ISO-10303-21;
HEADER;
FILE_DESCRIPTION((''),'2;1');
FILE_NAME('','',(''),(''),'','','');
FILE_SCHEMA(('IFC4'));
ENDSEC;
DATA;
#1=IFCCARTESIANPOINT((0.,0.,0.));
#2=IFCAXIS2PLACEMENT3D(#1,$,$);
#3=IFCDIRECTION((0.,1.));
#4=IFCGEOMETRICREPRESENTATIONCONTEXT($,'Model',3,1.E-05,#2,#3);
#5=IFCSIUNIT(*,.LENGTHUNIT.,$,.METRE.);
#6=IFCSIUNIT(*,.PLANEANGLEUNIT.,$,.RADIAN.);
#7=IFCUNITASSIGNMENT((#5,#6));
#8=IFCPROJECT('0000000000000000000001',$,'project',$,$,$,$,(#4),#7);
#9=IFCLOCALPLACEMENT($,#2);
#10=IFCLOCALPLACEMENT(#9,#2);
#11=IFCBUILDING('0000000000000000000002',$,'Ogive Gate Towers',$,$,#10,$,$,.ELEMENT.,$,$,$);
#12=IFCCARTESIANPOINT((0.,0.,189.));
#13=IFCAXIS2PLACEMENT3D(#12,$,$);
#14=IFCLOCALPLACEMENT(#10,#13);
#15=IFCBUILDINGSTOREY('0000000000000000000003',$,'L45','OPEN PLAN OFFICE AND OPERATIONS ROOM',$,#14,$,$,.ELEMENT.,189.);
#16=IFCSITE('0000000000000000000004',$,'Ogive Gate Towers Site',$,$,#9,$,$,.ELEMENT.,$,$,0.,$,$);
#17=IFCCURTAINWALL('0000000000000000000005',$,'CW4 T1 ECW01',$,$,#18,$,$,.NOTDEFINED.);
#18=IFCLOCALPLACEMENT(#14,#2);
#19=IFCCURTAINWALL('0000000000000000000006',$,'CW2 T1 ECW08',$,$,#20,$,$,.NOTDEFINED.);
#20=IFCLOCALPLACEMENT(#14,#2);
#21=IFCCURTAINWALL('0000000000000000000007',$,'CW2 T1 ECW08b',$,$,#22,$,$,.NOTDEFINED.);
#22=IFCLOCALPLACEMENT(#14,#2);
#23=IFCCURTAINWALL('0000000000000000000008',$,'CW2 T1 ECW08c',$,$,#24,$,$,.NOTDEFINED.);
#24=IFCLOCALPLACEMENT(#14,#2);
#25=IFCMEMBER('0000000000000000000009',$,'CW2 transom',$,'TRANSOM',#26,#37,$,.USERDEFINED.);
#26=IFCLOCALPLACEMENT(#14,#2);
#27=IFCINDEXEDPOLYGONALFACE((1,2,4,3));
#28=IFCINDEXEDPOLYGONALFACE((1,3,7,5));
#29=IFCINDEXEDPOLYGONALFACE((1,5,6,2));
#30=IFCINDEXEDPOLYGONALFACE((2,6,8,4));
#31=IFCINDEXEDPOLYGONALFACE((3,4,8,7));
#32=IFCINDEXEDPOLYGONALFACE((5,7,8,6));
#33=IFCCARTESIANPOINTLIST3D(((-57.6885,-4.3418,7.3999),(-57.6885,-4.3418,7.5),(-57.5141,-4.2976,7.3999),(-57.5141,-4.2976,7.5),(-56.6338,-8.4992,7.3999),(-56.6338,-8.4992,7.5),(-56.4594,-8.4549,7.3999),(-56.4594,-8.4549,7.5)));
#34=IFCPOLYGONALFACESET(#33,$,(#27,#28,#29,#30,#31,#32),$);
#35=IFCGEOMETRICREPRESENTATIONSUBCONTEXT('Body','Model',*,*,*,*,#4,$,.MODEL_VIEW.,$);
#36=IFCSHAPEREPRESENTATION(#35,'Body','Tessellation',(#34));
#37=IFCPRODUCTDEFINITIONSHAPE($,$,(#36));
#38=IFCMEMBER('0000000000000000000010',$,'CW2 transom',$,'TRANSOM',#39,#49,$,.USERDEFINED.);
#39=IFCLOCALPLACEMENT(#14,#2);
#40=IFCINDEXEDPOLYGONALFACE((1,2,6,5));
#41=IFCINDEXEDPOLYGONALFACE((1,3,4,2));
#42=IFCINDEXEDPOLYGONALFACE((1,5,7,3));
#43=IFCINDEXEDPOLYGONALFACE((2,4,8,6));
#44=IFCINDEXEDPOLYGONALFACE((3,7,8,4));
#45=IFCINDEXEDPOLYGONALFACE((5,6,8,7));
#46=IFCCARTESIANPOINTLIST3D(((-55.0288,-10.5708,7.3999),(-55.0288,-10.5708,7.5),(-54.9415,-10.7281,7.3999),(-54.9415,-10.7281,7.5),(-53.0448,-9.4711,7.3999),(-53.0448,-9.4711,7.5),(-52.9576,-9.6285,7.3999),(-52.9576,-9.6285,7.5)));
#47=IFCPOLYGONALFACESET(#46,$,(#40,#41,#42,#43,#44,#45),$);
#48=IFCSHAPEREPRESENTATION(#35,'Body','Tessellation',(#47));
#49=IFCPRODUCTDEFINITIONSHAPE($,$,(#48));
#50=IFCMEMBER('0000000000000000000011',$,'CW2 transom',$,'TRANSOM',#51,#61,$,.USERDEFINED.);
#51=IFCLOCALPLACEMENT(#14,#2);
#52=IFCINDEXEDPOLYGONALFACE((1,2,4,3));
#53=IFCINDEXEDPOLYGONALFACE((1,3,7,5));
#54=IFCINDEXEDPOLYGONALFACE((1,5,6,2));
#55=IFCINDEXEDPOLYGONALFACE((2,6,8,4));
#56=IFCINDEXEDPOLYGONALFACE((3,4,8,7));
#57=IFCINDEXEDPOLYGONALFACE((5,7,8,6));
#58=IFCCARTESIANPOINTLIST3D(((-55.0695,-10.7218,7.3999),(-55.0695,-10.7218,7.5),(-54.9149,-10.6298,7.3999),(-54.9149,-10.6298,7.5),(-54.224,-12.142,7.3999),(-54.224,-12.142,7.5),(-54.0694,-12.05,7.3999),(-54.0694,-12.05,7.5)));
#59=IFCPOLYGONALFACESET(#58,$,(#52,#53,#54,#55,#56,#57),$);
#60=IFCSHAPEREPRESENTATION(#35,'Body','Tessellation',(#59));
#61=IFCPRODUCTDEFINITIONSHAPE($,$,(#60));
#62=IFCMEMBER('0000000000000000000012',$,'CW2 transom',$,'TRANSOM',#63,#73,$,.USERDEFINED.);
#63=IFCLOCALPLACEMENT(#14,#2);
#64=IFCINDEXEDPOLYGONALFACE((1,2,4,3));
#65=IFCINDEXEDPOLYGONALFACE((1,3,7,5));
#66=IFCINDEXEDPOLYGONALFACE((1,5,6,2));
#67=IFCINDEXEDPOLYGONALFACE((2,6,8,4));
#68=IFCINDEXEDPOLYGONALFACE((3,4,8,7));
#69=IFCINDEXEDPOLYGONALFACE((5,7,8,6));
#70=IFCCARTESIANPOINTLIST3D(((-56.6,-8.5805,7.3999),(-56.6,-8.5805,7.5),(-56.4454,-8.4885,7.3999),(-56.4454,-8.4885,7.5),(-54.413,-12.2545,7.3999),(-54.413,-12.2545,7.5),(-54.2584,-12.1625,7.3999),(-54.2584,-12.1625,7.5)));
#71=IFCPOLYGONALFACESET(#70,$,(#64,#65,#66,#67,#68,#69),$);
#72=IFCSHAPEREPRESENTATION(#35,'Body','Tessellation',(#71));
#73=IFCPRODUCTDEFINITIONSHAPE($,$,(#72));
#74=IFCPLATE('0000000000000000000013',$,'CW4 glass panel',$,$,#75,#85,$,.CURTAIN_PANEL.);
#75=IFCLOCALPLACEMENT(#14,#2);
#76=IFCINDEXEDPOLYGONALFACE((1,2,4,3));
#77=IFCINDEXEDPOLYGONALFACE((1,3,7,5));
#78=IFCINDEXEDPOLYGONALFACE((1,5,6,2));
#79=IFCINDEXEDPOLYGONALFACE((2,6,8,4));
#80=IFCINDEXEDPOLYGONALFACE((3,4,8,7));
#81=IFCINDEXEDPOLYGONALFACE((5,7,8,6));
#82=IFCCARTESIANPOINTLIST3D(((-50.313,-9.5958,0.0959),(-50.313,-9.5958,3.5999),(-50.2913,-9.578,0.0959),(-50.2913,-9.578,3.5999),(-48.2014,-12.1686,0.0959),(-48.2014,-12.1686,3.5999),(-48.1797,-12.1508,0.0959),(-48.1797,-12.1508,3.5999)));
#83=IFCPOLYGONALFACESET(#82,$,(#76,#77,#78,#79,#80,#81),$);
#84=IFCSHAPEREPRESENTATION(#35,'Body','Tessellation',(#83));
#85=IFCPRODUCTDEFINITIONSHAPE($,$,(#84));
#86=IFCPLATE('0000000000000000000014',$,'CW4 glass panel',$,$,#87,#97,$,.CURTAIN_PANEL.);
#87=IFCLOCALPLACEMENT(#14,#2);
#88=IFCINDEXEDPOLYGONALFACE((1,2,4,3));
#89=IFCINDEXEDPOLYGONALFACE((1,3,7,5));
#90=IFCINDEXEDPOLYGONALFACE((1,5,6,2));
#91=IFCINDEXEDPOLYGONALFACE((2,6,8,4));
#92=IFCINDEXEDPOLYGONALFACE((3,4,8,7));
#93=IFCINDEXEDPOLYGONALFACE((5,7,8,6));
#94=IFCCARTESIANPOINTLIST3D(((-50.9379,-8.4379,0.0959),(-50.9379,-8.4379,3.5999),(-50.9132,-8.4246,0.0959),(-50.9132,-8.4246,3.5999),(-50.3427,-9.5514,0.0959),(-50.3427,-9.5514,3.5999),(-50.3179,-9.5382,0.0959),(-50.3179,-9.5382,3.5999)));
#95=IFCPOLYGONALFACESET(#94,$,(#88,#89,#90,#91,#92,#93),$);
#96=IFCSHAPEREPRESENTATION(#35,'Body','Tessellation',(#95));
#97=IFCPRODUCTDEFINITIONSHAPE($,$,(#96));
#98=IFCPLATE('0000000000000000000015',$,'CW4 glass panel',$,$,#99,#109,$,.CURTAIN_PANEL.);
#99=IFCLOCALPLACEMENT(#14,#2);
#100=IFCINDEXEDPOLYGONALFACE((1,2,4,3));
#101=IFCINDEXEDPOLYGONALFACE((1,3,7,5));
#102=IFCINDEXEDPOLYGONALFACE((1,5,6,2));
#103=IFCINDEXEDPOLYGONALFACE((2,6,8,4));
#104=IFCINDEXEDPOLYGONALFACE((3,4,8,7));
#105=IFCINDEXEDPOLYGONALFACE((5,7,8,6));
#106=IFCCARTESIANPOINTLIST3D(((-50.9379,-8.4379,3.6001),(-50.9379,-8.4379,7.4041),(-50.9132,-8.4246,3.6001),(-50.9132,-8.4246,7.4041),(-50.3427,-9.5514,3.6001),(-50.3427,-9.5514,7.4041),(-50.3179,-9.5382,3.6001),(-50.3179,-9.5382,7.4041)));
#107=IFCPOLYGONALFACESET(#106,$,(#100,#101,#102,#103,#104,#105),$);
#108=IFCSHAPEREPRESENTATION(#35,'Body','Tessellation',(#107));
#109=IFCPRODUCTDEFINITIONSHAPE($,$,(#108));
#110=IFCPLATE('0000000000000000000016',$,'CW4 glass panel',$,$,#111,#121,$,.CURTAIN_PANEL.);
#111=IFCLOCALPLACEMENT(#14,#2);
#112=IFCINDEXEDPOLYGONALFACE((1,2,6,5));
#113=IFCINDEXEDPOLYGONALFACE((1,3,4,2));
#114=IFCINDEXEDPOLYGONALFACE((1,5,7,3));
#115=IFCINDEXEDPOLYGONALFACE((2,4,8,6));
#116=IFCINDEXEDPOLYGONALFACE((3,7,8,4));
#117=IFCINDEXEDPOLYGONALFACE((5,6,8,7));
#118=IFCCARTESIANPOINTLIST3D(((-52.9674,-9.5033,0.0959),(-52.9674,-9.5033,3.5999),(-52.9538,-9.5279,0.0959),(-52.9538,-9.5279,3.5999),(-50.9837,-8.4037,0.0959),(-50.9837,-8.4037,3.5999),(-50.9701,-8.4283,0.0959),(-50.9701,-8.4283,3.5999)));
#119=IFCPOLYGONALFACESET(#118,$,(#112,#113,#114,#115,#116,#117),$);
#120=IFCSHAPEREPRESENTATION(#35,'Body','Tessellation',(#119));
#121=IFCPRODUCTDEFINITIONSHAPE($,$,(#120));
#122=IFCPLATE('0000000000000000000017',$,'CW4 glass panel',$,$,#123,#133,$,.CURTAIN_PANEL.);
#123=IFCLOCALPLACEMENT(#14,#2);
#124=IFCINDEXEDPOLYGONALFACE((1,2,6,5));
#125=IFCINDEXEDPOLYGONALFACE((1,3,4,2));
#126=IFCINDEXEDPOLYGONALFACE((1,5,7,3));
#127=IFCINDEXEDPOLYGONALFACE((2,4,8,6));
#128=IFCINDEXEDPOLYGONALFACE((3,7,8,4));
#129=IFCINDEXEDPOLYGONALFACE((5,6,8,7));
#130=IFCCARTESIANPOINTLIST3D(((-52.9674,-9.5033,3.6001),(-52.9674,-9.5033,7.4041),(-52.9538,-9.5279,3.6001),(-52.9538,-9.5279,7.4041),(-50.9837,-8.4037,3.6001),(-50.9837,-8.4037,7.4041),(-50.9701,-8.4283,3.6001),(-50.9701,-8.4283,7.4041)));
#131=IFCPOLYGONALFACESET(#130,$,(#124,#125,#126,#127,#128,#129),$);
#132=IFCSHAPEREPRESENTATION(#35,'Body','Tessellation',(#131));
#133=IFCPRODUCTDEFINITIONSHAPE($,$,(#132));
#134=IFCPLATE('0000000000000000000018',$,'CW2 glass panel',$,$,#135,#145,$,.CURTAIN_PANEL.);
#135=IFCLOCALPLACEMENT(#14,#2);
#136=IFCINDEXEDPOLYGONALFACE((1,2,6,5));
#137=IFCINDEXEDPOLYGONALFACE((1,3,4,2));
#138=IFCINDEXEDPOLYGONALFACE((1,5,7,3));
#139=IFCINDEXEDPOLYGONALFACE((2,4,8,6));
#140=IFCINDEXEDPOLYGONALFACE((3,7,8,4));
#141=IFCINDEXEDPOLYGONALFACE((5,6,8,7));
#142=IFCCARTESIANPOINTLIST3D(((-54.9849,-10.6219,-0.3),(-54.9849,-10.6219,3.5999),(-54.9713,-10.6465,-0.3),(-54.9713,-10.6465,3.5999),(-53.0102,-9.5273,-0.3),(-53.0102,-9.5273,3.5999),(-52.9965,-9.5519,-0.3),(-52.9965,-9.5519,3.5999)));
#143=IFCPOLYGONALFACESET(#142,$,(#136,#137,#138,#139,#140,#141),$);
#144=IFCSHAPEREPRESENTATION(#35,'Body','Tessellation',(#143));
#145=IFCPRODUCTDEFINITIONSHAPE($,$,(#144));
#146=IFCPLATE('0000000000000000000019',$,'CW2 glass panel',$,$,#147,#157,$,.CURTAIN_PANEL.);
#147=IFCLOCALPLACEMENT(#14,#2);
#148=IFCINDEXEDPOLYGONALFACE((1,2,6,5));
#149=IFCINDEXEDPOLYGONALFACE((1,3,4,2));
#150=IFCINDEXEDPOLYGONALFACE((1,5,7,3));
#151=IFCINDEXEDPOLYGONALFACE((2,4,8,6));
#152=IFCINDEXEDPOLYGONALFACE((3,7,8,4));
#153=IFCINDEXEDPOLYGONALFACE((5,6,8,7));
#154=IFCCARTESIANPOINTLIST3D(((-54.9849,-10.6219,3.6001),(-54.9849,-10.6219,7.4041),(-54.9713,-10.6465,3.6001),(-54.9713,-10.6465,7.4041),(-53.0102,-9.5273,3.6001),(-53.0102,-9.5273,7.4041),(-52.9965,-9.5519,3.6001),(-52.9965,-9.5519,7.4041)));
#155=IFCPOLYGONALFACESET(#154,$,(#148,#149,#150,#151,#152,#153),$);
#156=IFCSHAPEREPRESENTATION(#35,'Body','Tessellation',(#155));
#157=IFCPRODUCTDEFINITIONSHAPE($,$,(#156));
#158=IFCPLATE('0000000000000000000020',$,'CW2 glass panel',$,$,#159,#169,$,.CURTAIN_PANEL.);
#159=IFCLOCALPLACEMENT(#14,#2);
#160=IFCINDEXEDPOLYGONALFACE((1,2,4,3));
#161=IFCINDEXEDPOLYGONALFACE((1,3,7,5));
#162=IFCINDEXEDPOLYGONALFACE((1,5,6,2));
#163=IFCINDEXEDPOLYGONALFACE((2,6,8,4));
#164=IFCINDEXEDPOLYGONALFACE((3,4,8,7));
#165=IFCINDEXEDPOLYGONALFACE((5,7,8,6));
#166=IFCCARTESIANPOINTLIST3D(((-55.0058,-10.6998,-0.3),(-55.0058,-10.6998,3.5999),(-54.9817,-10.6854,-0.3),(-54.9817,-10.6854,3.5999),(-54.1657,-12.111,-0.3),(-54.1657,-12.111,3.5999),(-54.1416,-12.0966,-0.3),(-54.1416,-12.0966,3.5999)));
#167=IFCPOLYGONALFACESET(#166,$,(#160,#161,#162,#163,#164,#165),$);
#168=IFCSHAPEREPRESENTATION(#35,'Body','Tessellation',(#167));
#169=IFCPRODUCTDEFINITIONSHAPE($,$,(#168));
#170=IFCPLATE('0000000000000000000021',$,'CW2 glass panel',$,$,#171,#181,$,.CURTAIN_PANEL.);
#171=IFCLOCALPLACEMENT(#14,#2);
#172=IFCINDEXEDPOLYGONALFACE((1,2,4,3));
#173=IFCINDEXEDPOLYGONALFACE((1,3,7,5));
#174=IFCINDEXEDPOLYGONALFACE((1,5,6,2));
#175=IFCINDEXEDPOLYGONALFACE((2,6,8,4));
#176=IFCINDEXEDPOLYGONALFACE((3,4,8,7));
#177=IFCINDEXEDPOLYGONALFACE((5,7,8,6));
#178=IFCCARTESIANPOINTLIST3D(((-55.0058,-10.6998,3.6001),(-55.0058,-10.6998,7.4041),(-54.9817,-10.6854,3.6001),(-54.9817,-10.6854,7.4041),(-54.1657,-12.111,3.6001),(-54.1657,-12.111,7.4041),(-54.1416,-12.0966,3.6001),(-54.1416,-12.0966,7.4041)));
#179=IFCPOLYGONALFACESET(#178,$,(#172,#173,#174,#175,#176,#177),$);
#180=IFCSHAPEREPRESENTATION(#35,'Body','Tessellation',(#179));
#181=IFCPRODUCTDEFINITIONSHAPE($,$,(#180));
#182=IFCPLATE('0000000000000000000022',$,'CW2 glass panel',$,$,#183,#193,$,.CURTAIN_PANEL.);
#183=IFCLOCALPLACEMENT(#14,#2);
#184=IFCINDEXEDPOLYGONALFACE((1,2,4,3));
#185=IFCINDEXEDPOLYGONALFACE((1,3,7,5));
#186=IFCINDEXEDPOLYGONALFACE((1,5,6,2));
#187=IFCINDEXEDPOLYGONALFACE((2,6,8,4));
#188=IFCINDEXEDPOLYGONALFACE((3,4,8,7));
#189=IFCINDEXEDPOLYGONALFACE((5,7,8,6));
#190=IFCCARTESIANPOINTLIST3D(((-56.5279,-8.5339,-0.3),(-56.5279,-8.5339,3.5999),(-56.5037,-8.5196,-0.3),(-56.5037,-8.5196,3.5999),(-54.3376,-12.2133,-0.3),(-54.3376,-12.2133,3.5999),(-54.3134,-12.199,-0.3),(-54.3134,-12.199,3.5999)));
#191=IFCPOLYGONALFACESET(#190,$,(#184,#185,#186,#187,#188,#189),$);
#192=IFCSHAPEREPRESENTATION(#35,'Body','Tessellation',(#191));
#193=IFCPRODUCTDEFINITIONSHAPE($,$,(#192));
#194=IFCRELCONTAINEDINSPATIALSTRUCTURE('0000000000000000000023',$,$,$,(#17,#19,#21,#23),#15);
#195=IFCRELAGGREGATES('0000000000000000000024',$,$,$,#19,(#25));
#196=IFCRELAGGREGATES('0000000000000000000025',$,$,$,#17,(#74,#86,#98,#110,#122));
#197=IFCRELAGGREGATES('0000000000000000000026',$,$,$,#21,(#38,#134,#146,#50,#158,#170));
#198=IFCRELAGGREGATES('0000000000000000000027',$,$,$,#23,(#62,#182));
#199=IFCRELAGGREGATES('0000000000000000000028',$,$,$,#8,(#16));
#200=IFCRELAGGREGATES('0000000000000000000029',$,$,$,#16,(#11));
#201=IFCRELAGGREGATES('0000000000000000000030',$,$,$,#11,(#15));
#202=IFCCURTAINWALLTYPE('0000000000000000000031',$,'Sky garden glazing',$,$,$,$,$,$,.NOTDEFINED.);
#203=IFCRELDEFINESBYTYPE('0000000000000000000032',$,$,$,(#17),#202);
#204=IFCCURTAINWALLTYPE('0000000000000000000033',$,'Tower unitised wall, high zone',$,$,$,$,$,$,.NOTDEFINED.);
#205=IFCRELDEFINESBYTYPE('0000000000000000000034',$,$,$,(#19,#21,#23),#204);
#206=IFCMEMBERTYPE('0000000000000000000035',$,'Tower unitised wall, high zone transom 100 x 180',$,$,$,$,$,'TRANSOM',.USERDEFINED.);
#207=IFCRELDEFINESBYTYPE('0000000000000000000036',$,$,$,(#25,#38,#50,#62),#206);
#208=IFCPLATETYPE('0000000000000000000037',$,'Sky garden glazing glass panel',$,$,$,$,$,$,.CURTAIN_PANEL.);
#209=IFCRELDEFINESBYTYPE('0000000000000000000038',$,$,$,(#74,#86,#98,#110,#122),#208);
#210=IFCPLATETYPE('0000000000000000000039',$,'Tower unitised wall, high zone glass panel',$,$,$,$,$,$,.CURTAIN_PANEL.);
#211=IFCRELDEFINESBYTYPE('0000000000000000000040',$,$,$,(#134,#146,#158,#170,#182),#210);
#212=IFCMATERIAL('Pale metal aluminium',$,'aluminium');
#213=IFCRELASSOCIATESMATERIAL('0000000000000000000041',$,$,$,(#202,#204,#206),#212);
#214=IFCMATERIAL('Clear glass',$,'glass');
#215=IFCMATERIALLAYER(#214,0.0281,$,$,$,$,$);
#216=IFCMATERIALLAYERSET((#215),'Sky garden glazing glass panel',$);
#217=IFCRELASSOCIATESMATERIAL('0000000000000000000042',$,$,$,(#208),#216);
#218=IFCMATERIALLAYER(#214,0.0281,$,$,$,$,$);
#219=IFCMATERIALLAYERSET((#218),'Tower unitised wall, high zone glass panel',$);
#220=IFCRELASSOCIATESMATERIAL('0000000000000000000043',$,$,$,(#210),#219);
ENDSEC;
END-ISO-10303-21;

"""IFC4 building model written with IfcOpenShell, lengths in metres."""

from ifc_helpers import new_model, si_unit, direction, frame, origin, origin_2d, place, context, subcontext, project, spatial, rectangle, extrude, material, layer, layer_set, material_profile, profile_set, type_object, element, aggregate, save


model = new_model("IFC4")

# Units and contexts
model_context = context("Model", 3, precision=1e-05, world=origin(), true_north=direction((0.0, 1.0)))
body_context = subcontext(model_context, "Body", "Model", "MODEL_VIEW")
ifc_project = project(units=[si_unit("LENGTHUNIT", "METRE"), si_unit("PLANEANGLEUNIT", "RADIAN")], contexts=[model_context])

# Site, building, storey
site_placement = place(None, origin())
site = spatial("IfcSite", under=ifc_project, at=site_placement, Name="Ogive Gate Towers Site", CompositionType="ELEMENT", RefElevation=0.0)
building_placement = place(site_placement, origin())
building = spatial("IfcBuilding", under=site, at=building_placement, Name="Ogive Gate Towers", CompositionType="ELEMENT")
storey_placement = place(building_placement, frame((0.0, 0.0, 189.0)))
storey = spatial("IfcBuildingStorey", under=building, at=storey_placement, Name="L45", Description="OPEN PLAN OFFICE AND OPERATIONS ROOM", CompositionType="ELEMENT", Elevation=189.0)

# Curtain wall
ifc_material_1 = material(Name="Pale metal aluminium", Category="aluminium")
curtain_wall_type_1 = type_object("IfcCurtainWallType", Name="Sky garden glazing", PredefinedType="NOTDEFINED", material=ifc_material_1)
curtain_wall_1_placement = place(storey_placement, origin())
curtain_wall_1 = element("IfcCurtainWall", 1, at=curtain_wall_1_placement, inside=storey, type_object=curtain_wall_type_1, Name="CW4 T1 ECW01", PredefinedType="NOTDEFINED")

# Curtain wall
curtain_wall_type_2 = type_object("IfcCurtainWallType", Name="Tower unitised wall, high zone", PredefinedType="NOTDEFINED", material=ifc_material_1)
curtain_wall_2_placement = place(storey_placement, origin())
curtain_wall_2 = element("IfcCurtainWall", 2, at=curtain_wall_2_placement, inside=storey, type_object=curtain_wall_type_2, Name="CW2 T1 ECW08", PredefinedType="NOTDEFINED")

# Curtain wall
curtain_wall_3_placement = place(storey_placement, origin())
curtain_wall_3 = element("IfcCurtainWall", 3, at=curtain_wall_3_placement, inside=storey, type_object=curtain_wall_type_2, Name="CW2 T1 ECW08b", PredefinedType="NOTDEFINED")

# Curtain wall
curtain_wall_4_placement = place(storey_placement, origin())
curtain_wall_4 = element("IfcCurtainWall", 4, at=curtain_wall_4_placement, inside=storey, type_object=curtain_wall_type_2, Name="CW2 T1 ECW08c", PredefinedType="NOTDEFINED")

# Members
ifc_material_profile_1 = material_profile(ifc_material_1, rectangle(XDim=0.1799, YDim=0.1001, at=origin_2d()), Name="100 x 180 aluminium box")
ifc_profile_set_1 = profile_set([ifc_material_profile_1], Name="Pale metal aluminium")
member_type_1 = type_object("IfcMemberType", Name="Tower unitised wall, high zone transom 100 x 180", ElementType="TRANSOM", PredefinedType="USERDEFINED", material=ifc_profile_set_1)
member_1_placement = place(storey_placement, frame((-56.5466, -8.4771, 7.45), z_axis=(-0.245896, 0.969296, 0.0), x_axis=(-0.969296, -0.245896, 0.0)))
member_1 = element("IfcMember", 5, at=member_1_placement, type_object=member_type_1, Name="CW2 transom", ObjectType="TRANSOM", PredefinedType="USERDEFINED", context=body_context, shape_type="SweptSolid", body=[
    extrude(rectangle(XDim=0.1799, YDim=0.1001, at=origin_2d()), origin(), (0.0, 0.0, 1.0), 4.2891),
])
aggregate(curtain_wall_2, [member_1])
member_2_placement = place(storey_placement, frame((-53.0012, -9.5498, 7.45), z_axis=(-0.874634, -0.484784, 0.0), x_axis=(0.484784, -0.874634, 0.0)))
member_2 = element("IfcMember", 6, at=member_2_placement, type_object=member_type_1, Name="CW2 transom", ObjectType="TRANSOM", PredefinedType="USERDEFINED", context=body_context, shape_type="SweptSolid", body=[
    extrude(rectangle(XDim=0.1799, YDim=0.1001, at=origin_2d()), origin(), (0.0, 0.0, 1.0), 2.2683),
])
member_3_placement = place(storey_placement, frame((-54.9922, -10.6758, 7.45), z_axis=(0.511538, -0.85926, 0.0), x_axis=(0.85926, 0.511538, 0.0)))
member_3 = element("IfcMember", 7, at=member_3_placement, type_object=member_type_1, Name="CW2 transom", ObjectType="TRANSOM", PredefinedType="USERDEFINED", context=body_context, shape_type="SweptSolid", body=[
    extrude(rectangle(XDim=0.1799, YDim=0.1001, at=origin_2d()), origin(), (0.0, 0.0, 1.0), 1.6528),
])
member_4_placement = place(storey_placement, frame((-54.3357, -12.2085, 7.45), z_axis=(-0.511495, 0.859286, 0.0), x_axis=(-0.859286, -0.511495, 0.0)))
member_4 = element("IfcMember", 8, at=member_4_placement, type_object=member_type_1, Name="CW2 transom", ObjectType="TRANSOM", PredefinedType="USERDEFINED", context=body_context, shape_type="SweptSolid", body=[
    extrude(rectangle(XDim=0.1799, YDim=0.1001, at=origin_2d()), origin(), (0.0, 0.0, 1.0), 4.2756),
])

# Plates
ifc_material_2 = material(Name="Clear glass", Category="glass")
ifc_layer_1 = layer(ifc_material_2, 0.0281)
ifc_layer_set_1 = layer_set([ifc_layer_1], Name="Sky garden glazing glass panel")
plate_type_1 = type_object("IfcPlateType", Name="Sky garden glazing glass panel", PredefinedType="CURTAIN_PANEL", material=ifc_layer_set_1)
plate_1_placement = place(storey_placement, frame((-49.2463, -10.8733, 0.0959), z_axis=(0.0, 0.0, 1.0), x_axis=(-0.634407, 0.772999, 0.0)))
plate_1 = element("IfcPlate", 9, at=plate_1_placement, type_object=plate_type_1, Name="CW4 glass panel", PredefinedType="CURTAIN_PANEL", context=body_context, shape_type="SweptSolid", body=[
    extrude(rectangle(XDim=3.3284, YDim=0.0281, at=origin_2d()), origin(), (0.0, 0.0, 1.0), 3.5039),
])
plate_2_placement = place(storey_placement, frame((-50.6279, -8.988, 0.0959), z_axis=(0.0, 0.0, 1.0), x_axis=(-0.471412, 0.881913, 0.0)))
plate_2 = element("IfcPlate", 10, at=plate_2_placement, type_object=plate_type_1, Name="CW4 glass panel", PredefinedType="CURTAIN_PANEL", context=body_context, shape_type="SweptSolid", body=[
    extrude(rectangle(XDim=1.2627, YDim=0.0281, at=origin_2d()), origin(), (0.0, 0.0, 1.0), 3.5039),
])
plate_3_placement = place(storey_placement, frame((-50.6279, -8.988, 3.6001), z_axis=(0.0, 0.0, 1.0), x_axis=(-0.471412, 0.881913, 0.0)))
plate_3 = element("IfcPlate", 11, at=plate_3_placement, type_object=plate_type_1, Name="CW4 glass panel", PredefinedType="CURTAIN_PANEL", context=body_context, shape_type="SweptSolid", body=[
    extrude(rectangle(XDim=1.2627, YDim=0.0281, at=origin_2d()), origin(), (0.0, 0.0, 1.0), 3.804),
])
plate_4_placement = place(storey_placement, frame((-51.9688, -8.9658, 0.0959), z_axis=(0.0, 0.0, 1.0), x_axis=(-0.874611, -0.484825, 0.0)))
plate_4 = element("IfcPlate", 12, at=plate_4_placement, type_object=plate_type_1, Name="CW4 glass panel", PredefinedType="CURTAIN_PANEL", context=body_context, shape_type="SweptSolid", body=[
    extrude(rectangle(XDim=2.2681, YDim=0.0281, at=origin_2d()), origin(), (0.0, 0.0, 1.0), 3.5039),
])
plate_5_placement = place(storey_placement, frame((-51.9688, -8.9658, 3.6001), z_axis=(0.0, 0.0, 1.0), x_axis=(-0.874611, -0.484825, 0.0)))
plate_5 = element("IfcPlate", 13, at=plate_5_placement, type_object=plate_type_1, Name="CW4 glass panel", PredefinedType="CURTAIN_PANEL", context=body_context, shape_type="SweptSolid", body=[
    extrude(rectangle(XDim=2.2681, YDim=0.0281, at=origin_2d()), origin(), (0.0, 0.0, 1.0), 3.804),
])
aggregate(curtain_wall_1, [plate_1, plate_2, plate_3, plate_4, plate_5])
ifc_layer_2 = layer(ifc_material_2, 0.0281)
ifc_layer_set_2 = layer_set([ifc_layer_2], Name="Tower unitised wall, high zone glass panel")
plate_type_2 = type_object("IfcPlateType", Name="Tower unitised wall, high zone glass panel", PredefinedType="CURTAIN_PANEL", material=ifc_layer_set_2)
plate_6_placement = place(storey_placement, frame((-53.9907, -10.0869, -0.3), z_axis=(0.0, 0.0, 1.0), x_axis=(-0.874628, -0.484794, 0.0)))
plate_6 = element("IfcPlate", 14, at=plate_6_placement, type_object=plate_type_2, Name="CW2 glass panel", PredefinedType="CURTAIN_PANEL", context=body_context, shape_type="SweptSolid", body=[
    extrude(rectangle(XDim=2.2578, YDim=0.0281, at=origin_2d()), origin(), (0.0, 0.0, 1.0), 3.8999),
])
plate_7_placement = place(storey_placement, frame((-53.9907, -10.0869, 3.6001), z_axis=(0.0, 0.0, 1.0), x_axis=(-0.874628, -0.484794, 0.0)))
plate_7 = element("IfcPlate", 15, at=plate_7_placement, type_object=plate_type_2, Name="CW2 glass panel", PredefinedType="CURTAIN_PANEL", context=body_context, shape_type="SweptSolid", body=[
    extrude(rectangle(XDim=2.2578, YDim=0.0281, at=origin_2d()), origin(), (0.0, 0.0, 1.0), 3.804),
])
plate_8_placement = place(storey_placement, frame((-54.5737, -11.3982, -0.3), z_axis=(0.0, 0.0, 1.0), x_axis=(0.511533, -0.859264, 0.0)))
plate_8 = element("IfcPlate", 16, at=plate_8_placement, type_object=plate_type_2, Name="CW2 glass panel", PredefinedType="CURTAIN_PANEL", context=body_context, shape_type="SweptSolid", body=[
    extrude(rectangle(XDim=1.6423, YDim=0.0281, at=origin_2d()), origin(), (0.0, 0.0, 1.0), 3.8999),
])
plate_9_placement = place(storey_placement, frame((-54.5737, -11.3982, 3.6001), z_axis=(0.0, 0.0, 1.0), x_axis=(0.511533, -0.859264, 0.0)))
plate_9 = element("IfcPlate", 17, at=plate_9_placement, type_object=plate_type_2, Name="CW2 glass panel", PredefinedType="CURTAIN_PANEL", context=body_context, shape_type="SweptSolid", body=[
    extrude(rectangle(XDim=1.6423, YDim=0.0281, at=origin_2d()), origin(), (0.0, 0.0, 1.0), 3.804),
])
aggregate(curtain_wall_3, [member_2, plate_6, plate_7, member_3, plate_8, plate_9])
plate_10_placement = place(storey_placement, frame((-55.4207, -10.3665, -0.3), z_axis=(0.0, 0.0, 1.0), x_axis=(-0.511518, 0.859273, 0.0)))
plate_10 = element("IfcPlate", 18, at=plate_10_placement, type_object=plate_type_2, Name="CW2 glass panel", PredefinedType="CURTAIN_PANEL", context=body_context, shape_type="SweptSolid", body=[
    extrude(rectangle(XDim=4.282, YDim=0.0281, at=origin_2d()), origin(), (0.0, 0.0, 1.0), 3.8999),
])
aggregate(curtain_wall_4, [member_4, plate_10])

save(model, "model.ifc")
